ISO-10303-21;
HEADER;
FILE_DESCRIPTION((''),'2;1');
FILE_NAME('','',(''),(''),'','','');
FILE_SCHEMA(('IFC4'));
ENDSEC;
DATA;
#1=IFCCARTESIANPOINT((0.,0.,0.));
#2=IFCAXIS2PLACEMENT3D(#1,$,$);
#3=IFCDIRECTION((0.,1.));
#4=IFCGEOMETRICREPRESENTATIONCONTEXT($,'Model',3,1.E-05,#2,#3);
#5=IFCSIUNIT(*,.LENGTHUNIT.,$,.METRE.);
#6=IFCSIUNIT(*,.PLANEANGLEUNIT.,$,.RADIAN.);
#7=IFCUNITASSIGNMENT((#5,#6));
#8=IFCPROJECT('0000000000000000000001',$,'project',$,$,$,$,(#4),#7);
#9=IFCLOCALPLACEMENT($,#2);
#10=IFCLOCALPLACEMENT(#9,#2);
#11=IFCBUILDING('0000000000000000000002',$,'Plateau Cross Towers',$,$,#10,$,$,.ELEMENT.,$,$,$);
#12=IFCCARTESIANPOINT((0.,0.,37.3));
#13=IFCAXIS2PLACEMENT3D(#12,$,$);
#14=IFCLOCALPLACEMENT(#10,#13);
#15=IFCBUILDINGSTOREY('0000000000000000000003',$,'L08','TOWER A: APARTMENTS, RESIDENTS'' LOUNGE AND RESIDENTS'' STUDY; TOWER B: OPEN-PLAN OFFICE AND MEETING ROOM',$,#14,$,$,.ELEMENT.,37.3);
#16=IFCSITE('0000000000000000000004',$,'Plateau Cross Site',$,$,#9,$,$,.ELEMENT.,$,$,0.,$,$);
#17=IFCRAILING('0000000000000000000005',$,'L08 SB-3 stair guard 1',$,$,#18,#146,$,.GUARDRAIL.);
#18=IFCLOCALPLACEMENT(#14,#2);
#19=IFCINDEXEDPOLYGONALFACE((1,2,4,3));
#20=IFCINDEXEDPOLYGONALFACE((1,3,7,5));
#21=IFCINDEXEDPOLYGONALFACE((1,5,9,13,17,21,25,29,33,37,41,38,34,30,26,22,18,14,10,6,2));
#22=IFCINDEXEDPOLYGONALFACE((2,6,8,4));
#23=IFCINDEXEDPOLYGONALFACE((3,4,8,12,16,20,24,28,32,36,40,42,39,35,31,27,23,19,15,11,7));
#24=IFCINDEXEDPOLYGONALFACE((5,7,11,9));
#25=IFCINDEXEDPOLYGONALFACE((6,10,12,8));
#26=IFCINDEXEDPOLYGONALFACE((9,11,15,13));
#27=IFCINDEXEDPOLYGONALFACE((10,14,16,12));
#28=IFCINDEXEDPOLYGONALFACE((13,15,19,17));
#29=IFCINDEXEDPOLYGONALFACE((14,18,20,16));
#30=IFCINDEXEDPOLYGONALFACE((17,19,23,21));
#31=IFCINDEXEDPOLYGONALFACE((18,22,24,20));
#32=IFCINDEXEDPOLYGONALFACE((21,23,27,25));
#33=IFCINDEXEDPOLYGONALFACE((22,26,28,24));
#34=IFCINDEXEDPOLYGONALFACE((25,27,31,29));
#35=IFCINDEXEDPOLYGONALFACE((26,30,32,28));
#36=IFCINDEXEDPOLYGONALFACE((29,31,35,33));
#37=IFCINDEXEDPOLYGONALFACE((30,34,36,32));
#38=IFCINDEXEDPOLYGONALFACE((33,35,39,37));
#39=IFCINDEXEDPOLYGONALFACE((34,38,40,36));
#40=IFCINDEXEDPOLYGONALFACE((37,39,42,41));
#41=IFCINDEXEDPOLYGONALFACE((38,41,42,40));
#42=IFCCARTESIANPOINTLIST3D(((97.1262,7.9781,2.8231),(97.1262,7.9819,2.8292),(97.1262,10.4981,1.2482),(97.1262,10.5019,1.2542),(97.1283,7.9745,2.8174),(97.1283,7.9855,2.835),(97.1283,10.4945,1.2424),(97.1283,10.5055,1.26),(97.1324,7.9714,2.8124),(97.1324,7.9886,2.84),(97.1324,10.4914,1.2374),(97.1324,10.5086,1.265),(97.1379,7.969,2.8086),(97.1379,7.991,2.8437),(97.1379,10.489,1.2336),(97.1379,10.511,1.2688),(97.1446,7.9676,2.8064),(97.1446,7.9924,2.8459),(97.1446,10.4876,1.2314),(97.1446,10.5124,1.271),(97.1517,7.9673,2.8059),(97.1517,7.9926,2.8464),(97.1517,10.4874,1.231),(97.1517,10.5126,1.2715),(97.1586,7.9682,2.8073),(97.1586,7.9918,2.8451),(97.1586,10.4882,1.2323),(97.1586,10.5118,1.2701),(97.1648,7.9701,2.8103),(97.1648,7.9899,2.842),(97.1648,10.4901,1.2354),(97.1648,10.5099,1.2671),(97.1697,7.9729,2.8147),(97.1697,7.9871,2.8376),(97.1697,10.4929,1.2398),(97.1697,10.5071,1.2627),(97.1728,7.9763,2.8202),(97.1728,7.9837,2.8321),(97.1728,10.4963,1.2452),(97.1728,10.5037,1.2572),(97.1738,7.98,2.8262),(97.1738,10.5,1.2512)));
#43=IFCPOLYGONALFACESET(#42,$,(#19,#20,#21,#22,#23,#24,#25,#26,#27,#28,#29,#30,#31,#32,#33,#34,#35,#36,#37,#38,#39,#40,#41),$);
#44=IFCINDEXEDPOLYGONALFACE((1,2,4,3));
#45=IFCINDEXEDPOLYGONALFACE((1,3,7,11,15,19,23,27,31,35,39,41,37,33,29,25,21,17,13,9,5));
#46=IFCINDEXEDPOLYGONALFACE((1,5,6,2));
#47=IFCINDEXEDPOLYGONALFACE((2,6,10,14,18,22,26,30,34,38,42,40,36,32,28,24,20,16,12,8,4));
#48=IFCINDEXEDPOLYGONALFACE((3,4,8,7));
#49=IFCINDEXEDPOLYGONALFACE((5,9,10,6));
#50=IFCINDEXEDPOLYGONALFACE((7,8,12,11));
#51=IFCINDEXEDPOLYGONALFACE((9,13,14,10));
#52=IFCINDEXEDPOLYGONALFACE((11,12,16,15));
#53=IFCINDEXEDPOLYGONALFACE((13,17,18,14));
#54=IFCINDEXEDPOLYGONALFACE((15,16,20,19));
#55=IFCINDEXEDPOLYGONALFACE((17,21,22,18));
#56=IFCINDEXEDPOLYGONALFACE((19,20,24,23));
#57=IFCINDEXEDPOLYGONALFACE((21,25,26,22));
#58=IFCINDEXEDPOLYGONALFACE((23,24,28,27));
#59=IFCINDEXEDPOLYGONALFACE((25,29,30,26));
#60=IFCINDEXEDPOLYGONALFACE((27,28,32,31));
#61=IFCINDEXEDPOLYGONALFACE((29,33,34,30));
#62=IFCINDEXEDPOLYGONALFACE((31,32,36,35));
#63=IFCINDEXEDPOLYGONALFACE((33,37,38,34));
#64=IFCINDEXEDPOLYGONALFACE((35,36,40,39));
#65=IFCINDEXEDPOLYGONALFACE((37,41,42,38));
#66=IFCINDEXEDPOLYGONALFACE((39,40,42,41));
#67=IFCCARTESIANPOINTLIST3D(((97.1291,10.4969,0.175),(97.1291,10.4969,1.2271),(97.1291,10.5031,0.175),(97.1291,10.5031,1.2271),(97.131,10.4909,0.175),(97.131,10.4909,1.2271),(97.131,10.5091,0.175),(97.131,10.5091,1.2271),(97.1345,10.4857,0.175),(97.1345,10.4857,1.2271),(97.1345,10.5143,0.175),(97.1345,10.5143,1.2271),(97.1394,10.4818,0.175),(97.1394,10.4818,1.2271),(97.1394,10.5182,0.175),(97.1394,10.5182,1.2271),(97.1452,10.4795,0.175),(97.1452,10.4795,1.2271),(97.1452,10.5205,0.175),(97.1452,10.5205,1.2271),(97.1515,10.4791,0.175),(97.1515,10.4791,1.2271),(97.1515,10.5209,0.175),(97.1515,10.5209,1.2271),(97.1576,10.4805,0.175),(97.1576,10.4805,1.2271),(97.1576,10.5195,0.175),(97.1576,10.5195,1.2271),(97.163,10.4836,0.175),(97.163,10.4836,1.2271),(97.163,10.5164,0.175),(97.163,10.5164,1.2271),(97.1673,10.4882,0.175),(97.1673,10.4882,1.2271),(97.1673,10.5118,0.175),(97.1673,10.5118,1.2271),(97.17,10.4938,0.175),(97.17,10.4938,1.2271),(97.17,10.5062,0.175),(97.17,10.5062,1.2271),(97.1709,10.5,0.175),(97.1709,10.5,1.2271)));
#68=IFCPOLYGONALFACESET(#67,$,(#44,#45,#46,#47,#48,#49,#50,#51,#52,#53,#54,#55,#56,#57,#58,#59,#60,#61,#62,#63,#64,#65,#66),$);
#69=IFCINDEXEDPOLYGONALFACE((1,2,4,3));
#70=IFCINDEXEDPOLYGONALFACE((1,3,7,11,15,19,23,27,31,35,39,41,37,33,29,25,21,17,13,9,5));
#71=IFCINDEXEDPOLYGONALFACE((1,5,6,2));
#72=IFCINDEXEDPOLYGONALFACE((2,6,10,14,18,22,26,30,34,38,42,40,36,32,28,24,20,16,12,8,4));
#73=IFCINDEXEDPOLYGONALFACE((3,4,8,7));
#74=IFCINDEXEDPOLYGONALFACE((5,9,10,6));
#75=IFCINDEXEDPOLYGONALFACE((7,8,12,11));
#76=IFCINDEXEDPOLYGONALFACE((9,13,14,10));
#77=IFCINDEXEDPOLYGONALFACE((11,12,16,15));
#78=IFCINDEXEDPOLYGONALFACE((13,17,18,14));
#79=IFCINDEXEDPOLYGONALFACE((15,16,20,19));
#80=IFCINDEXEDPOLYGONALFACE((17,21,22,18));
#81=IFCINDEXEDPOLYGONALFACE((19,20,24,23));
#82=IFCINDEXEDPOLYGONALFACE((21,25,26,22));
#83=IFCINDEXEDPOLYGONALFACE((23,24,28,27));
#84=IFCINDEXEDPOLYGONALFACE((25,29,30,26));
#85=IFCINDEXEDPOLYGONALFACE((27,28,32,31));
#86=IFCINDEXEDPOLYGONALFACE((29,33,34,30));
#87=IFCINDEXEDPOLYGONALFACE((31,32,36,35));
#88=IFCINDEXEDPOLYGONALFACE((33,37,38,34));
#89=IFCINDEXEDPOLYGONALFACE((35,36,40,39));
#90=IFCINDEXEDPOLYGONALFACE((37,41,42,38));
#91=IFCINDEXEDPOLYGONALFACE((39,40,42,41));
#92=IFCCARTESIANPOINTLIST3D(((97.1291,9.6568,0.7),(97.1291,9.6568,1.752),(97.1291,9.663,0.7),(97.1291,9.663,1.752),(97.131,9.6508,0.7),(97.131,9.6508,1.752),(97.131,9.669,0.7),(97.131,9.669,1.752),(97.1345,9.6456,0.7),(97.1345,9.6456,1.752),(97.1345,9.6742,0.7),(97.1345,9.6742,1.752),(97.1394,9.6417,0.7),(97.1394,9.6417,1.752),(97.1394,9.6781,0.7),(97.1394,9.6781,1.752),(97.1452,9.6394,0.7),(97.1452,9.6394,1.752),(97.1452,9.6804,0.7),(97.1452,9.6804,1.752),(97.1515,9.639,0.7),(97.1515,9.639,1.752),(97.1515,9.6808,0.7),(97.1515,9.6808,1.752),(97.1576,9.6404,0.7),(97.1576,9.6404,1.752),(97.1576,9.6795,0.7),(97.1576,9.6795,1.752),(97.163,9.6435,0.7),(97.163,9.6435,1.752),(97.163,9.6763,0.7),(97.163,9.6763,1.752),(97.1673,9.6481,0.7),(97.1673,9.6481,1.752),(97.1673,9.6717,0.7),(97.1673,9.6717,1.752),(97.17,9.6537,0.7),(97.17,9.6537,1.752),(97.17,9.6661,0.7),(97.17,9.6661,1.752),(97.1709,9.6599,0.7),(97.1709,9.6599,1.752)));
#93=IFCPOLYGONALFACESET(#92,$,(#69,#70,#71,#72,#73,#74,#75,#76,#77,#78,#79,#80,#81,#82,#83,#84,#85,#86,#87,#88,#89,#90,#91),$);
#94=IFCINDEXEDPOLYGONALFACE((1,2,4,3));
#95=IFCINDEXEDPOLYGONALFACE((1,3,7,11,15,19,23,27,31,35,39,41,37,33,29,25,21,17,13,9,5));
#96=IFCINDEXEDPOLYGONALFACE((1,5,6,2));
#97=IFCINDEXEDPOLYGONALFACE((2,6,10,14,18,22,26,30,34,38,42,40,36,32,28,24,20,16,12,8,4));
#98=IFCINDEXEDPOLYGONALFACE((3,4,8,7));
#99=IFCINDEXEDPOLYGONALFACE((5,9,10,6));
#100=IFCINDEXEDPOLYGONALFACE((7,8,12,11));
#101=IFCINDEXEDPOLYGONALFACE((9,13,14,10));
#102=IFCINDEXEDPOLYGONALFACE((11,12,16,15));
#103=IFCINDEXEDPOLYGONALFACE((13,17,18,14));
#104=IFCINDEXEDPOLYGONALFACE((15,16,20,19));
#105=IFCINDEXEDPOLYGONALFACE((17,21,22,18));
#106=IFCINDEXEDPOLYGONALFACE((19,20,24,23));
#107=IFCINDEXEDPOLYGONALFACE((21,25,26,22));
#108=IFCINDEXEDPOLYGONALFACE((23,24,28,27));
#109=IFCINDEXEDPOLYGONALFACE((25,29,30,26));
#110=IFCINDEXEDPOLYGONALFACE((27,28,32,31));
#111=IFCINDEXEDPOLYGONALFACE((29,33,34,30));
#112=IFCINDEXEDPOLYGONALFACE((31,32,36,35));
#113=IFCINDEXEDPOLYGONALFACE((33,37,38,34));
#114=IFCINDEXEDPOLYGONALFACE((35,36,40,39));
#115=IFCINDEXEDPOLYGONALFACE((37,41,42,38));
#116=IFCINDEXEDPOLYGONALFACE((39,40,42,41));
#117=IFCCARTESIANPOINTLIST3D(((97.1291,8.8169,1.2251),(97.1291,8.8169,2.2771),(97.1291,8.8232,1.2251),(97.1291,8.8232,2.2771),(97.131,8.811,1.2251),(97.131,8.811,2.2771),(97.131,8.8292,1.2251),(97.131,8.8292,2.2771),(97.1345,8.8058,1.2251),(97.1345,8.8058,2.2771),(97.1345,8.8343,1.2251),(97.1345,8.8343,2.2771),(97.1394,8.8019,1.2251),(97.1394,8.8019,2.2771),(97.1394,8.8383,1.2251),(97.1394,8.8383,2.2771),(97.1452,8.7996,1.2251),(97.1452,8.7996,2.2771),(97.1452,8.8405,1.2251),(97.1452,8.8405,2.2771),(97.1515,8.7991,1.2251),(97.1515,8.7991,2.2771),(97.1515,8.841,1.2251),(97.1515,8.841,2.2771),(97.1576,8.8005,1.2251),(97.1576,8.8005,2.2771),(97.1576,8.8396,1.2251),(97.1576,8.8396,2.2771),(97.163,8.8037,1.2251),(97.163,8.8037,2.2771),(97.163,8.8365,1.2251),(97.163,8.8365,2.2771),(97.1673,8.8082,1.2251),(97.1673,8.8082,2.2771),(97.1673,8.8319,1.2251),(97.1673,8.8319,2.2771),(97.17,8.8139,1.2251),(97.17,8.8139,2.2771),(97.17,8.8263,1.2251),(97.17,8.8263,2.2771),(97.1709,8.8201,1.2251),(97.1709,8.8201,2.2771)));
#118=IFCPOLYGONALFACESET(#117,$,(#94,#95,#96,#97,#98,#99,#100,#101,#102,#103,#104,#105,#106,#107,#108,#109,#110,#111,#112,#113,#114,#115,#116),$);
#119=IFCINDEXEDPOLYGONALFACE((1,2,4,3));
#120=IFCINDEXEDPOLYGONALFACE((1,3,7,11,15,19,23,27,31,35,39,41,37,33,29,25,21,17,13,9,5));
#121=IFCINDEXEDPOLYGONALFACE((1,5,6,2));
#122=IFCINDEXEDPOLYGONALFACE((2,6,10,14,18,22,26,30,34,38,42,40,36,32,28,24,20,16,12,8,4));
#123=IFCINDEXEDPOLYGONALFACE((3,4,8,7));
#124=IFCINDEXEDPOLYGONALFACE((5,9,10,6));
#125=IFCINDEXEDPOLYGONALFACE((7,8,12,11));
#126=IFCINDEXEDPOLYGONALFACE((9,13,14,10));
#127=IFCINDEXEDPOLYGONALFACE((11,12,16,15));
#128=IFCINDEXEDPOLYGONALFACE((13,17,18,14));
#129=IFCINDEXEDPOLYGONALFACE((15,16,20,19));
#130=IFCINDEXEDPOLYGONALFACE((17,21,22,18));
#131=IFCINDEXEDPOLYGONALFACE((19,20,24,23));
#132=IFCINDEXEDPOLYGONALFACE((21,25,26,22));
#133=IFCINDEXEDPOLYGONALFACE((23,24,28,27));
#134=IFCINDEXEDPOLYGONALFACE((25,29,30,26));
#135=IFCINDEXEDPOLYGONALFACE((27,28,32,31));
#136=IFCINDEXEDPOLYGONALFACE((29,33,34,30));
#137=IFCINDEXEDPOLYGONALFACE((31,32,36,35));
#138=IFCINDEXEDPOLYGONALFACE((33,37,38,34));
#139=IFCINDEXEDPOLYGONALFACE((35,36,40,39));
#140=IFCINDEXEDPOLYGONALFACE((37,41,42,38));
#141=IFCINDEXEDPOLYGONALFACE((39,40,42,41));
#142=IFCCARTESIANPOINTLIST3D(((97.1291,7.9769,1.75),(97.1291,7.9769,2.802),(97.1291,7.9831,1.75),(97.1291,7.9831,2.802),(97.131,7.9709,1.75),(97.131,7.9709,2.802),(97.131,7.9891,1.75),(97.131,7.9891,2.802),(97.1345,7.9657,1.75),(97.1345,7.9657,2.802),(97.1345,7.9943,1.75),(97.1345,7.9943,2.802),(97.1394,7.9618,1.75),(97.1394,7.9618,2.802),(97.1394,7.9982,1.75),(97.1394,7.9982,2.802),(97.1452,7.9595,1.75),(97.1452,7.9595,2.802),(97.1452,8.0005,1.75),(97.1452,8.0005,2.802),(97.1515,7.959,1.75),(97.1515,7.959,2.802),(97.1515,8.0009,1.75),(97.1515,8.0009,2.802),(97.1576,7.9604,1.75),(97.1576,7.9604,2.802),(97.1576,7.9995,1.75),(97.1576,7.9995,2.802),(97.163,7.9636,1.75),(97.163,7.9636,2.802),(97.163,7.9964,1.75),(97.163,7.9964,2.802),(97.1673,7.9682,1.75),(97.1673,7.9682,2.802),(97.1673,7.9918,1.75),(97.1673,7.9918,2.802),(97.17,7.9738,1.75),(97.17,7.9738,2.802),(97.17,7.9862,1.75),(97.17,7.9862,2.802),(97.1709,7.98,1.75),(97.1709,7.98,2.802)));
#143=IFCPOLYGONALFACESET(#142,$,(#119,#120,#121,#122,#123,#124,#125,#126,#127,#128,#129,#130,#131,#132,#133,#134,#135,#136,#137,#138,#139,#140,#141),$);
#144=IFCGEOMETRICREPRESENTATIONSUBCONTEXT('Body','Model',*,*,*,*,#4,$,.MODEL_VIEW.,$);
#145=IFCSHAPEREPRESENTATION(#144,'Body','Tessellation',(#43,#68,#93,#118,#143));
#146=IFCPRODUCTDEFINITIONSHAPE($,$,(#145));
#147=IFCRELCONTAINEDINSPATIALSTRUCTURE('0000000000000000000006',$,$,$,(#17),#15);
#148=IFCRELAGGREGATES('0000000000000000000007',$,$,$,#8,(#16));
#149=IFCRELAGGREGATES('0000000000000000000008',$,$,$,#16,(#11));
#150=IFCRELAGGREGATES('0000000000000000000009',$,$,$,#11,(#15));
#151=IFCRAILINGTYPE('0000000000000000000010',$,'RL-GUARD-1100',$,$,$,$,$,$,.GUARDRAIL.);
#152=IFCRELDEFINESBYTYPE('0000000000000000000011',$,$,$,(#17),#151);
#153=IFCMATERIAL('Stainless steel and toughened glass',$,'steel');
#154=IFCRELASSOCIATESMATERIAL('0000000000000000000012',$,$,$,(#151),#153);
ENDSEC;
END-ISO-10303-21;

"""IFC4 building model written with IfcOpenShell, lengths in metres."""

from ifc_helpers import new_model, si_unit, direction, frame, origin, origin_2d, place, context, subcontext, project, spatial, circle, extrude, material, type_object, element, save


model = new_model("IFC4")

# Units and contexts
model_context = context("Model", 3, precision=1e-05, world=origin(), true_north=direction((0.0, 1.0)))
body_context = subcontext(model_context, "Body", "Model", "MODEL_VIEW")
ifc_project = project(units=[si_unit("LENGTHUNIT", "METRE"), si_unit("PLANEANGLEUNIT", "RADIAN")], contexts=[model_context])

# Site, building, storey
site_placement = place(None, origin())
site = spatial("IfcSite", under=ifc_project, at=site_placement, Name="Plateau Cross Site", CompositionType="ELEMENT", RefElevation=0.0)
building_placement = place(site_placement, origin())
building = spatial("IfcBuilding", under=site, at=building_placement, Name="Plateau Cross Towers", CompositionType="ELEMENT")
storey_placement = place(building_placement, frame((0.0, 0.0, 37.3)))
storey = spatial("IfcBuildingStorey", under=building, at=storey_placement, Name="L08", Description="TOWER A: APARTMENTS, RESIDENTS' LOUNGE AND RESIDENTS' STUDY; TOWER B: OPEN-PLAN OFFICE AND MEETING ROOM", CompositionType="ELEMENT", Elevation=37.3)

# Railing
ifc_material_1 = material(Name="Stainless steel and toughened glass", Category="steel")
railing_type_1 = type_object("IfcRailingType", Name="RL-GUARD-1100", PredefinedType="GUARDRAIL", material=ifc_material_1)
railing_1_placement = place(storey_placement, frame((97.1499, 10.5, 0.175)))
element("IfcRailing", 1, at=railing_1_placement, inside=storey, type_object=railing_type_1, Name="L08 SB-3 stair guard 1", PredefinedType="GUARDRAIL", context=body_context, shape_type="SweptSolid", body=[
    extrude(circle(Radius=0.0239, at=origin_2d()), frame((0.0, 0.0, 1.0762), z_axis=(0.0, -0.848008, 0.529984), x_axis=(1.0, 0.0, 0.0)), (0.0, 0.0, 1.0), 2.9717),
    extrude(circle(Radius=0.021, at=origin_2d()), origin(), (0.0, 0.0, 1.0), 1.052),
    extrude(circle(Radius=0.021, at=origin_2d()), frame((0.0, -0.8401, 0.5249)), (0.0, 0.0, 1.0), 1.052),
    extrude(circle(Radius=0.021, at=origin_2d()), frame((0.0, -1.6799, 1.05)), (0.0, 0.0, 1.0), 1.052),
    extrude(circle(Radius=0.021, at=origin_2d()), frame((0.0, -2.52, 1.575)), (0.0, 0.0, 1.0), 1.052),
])

save(model, "model.ifc")
